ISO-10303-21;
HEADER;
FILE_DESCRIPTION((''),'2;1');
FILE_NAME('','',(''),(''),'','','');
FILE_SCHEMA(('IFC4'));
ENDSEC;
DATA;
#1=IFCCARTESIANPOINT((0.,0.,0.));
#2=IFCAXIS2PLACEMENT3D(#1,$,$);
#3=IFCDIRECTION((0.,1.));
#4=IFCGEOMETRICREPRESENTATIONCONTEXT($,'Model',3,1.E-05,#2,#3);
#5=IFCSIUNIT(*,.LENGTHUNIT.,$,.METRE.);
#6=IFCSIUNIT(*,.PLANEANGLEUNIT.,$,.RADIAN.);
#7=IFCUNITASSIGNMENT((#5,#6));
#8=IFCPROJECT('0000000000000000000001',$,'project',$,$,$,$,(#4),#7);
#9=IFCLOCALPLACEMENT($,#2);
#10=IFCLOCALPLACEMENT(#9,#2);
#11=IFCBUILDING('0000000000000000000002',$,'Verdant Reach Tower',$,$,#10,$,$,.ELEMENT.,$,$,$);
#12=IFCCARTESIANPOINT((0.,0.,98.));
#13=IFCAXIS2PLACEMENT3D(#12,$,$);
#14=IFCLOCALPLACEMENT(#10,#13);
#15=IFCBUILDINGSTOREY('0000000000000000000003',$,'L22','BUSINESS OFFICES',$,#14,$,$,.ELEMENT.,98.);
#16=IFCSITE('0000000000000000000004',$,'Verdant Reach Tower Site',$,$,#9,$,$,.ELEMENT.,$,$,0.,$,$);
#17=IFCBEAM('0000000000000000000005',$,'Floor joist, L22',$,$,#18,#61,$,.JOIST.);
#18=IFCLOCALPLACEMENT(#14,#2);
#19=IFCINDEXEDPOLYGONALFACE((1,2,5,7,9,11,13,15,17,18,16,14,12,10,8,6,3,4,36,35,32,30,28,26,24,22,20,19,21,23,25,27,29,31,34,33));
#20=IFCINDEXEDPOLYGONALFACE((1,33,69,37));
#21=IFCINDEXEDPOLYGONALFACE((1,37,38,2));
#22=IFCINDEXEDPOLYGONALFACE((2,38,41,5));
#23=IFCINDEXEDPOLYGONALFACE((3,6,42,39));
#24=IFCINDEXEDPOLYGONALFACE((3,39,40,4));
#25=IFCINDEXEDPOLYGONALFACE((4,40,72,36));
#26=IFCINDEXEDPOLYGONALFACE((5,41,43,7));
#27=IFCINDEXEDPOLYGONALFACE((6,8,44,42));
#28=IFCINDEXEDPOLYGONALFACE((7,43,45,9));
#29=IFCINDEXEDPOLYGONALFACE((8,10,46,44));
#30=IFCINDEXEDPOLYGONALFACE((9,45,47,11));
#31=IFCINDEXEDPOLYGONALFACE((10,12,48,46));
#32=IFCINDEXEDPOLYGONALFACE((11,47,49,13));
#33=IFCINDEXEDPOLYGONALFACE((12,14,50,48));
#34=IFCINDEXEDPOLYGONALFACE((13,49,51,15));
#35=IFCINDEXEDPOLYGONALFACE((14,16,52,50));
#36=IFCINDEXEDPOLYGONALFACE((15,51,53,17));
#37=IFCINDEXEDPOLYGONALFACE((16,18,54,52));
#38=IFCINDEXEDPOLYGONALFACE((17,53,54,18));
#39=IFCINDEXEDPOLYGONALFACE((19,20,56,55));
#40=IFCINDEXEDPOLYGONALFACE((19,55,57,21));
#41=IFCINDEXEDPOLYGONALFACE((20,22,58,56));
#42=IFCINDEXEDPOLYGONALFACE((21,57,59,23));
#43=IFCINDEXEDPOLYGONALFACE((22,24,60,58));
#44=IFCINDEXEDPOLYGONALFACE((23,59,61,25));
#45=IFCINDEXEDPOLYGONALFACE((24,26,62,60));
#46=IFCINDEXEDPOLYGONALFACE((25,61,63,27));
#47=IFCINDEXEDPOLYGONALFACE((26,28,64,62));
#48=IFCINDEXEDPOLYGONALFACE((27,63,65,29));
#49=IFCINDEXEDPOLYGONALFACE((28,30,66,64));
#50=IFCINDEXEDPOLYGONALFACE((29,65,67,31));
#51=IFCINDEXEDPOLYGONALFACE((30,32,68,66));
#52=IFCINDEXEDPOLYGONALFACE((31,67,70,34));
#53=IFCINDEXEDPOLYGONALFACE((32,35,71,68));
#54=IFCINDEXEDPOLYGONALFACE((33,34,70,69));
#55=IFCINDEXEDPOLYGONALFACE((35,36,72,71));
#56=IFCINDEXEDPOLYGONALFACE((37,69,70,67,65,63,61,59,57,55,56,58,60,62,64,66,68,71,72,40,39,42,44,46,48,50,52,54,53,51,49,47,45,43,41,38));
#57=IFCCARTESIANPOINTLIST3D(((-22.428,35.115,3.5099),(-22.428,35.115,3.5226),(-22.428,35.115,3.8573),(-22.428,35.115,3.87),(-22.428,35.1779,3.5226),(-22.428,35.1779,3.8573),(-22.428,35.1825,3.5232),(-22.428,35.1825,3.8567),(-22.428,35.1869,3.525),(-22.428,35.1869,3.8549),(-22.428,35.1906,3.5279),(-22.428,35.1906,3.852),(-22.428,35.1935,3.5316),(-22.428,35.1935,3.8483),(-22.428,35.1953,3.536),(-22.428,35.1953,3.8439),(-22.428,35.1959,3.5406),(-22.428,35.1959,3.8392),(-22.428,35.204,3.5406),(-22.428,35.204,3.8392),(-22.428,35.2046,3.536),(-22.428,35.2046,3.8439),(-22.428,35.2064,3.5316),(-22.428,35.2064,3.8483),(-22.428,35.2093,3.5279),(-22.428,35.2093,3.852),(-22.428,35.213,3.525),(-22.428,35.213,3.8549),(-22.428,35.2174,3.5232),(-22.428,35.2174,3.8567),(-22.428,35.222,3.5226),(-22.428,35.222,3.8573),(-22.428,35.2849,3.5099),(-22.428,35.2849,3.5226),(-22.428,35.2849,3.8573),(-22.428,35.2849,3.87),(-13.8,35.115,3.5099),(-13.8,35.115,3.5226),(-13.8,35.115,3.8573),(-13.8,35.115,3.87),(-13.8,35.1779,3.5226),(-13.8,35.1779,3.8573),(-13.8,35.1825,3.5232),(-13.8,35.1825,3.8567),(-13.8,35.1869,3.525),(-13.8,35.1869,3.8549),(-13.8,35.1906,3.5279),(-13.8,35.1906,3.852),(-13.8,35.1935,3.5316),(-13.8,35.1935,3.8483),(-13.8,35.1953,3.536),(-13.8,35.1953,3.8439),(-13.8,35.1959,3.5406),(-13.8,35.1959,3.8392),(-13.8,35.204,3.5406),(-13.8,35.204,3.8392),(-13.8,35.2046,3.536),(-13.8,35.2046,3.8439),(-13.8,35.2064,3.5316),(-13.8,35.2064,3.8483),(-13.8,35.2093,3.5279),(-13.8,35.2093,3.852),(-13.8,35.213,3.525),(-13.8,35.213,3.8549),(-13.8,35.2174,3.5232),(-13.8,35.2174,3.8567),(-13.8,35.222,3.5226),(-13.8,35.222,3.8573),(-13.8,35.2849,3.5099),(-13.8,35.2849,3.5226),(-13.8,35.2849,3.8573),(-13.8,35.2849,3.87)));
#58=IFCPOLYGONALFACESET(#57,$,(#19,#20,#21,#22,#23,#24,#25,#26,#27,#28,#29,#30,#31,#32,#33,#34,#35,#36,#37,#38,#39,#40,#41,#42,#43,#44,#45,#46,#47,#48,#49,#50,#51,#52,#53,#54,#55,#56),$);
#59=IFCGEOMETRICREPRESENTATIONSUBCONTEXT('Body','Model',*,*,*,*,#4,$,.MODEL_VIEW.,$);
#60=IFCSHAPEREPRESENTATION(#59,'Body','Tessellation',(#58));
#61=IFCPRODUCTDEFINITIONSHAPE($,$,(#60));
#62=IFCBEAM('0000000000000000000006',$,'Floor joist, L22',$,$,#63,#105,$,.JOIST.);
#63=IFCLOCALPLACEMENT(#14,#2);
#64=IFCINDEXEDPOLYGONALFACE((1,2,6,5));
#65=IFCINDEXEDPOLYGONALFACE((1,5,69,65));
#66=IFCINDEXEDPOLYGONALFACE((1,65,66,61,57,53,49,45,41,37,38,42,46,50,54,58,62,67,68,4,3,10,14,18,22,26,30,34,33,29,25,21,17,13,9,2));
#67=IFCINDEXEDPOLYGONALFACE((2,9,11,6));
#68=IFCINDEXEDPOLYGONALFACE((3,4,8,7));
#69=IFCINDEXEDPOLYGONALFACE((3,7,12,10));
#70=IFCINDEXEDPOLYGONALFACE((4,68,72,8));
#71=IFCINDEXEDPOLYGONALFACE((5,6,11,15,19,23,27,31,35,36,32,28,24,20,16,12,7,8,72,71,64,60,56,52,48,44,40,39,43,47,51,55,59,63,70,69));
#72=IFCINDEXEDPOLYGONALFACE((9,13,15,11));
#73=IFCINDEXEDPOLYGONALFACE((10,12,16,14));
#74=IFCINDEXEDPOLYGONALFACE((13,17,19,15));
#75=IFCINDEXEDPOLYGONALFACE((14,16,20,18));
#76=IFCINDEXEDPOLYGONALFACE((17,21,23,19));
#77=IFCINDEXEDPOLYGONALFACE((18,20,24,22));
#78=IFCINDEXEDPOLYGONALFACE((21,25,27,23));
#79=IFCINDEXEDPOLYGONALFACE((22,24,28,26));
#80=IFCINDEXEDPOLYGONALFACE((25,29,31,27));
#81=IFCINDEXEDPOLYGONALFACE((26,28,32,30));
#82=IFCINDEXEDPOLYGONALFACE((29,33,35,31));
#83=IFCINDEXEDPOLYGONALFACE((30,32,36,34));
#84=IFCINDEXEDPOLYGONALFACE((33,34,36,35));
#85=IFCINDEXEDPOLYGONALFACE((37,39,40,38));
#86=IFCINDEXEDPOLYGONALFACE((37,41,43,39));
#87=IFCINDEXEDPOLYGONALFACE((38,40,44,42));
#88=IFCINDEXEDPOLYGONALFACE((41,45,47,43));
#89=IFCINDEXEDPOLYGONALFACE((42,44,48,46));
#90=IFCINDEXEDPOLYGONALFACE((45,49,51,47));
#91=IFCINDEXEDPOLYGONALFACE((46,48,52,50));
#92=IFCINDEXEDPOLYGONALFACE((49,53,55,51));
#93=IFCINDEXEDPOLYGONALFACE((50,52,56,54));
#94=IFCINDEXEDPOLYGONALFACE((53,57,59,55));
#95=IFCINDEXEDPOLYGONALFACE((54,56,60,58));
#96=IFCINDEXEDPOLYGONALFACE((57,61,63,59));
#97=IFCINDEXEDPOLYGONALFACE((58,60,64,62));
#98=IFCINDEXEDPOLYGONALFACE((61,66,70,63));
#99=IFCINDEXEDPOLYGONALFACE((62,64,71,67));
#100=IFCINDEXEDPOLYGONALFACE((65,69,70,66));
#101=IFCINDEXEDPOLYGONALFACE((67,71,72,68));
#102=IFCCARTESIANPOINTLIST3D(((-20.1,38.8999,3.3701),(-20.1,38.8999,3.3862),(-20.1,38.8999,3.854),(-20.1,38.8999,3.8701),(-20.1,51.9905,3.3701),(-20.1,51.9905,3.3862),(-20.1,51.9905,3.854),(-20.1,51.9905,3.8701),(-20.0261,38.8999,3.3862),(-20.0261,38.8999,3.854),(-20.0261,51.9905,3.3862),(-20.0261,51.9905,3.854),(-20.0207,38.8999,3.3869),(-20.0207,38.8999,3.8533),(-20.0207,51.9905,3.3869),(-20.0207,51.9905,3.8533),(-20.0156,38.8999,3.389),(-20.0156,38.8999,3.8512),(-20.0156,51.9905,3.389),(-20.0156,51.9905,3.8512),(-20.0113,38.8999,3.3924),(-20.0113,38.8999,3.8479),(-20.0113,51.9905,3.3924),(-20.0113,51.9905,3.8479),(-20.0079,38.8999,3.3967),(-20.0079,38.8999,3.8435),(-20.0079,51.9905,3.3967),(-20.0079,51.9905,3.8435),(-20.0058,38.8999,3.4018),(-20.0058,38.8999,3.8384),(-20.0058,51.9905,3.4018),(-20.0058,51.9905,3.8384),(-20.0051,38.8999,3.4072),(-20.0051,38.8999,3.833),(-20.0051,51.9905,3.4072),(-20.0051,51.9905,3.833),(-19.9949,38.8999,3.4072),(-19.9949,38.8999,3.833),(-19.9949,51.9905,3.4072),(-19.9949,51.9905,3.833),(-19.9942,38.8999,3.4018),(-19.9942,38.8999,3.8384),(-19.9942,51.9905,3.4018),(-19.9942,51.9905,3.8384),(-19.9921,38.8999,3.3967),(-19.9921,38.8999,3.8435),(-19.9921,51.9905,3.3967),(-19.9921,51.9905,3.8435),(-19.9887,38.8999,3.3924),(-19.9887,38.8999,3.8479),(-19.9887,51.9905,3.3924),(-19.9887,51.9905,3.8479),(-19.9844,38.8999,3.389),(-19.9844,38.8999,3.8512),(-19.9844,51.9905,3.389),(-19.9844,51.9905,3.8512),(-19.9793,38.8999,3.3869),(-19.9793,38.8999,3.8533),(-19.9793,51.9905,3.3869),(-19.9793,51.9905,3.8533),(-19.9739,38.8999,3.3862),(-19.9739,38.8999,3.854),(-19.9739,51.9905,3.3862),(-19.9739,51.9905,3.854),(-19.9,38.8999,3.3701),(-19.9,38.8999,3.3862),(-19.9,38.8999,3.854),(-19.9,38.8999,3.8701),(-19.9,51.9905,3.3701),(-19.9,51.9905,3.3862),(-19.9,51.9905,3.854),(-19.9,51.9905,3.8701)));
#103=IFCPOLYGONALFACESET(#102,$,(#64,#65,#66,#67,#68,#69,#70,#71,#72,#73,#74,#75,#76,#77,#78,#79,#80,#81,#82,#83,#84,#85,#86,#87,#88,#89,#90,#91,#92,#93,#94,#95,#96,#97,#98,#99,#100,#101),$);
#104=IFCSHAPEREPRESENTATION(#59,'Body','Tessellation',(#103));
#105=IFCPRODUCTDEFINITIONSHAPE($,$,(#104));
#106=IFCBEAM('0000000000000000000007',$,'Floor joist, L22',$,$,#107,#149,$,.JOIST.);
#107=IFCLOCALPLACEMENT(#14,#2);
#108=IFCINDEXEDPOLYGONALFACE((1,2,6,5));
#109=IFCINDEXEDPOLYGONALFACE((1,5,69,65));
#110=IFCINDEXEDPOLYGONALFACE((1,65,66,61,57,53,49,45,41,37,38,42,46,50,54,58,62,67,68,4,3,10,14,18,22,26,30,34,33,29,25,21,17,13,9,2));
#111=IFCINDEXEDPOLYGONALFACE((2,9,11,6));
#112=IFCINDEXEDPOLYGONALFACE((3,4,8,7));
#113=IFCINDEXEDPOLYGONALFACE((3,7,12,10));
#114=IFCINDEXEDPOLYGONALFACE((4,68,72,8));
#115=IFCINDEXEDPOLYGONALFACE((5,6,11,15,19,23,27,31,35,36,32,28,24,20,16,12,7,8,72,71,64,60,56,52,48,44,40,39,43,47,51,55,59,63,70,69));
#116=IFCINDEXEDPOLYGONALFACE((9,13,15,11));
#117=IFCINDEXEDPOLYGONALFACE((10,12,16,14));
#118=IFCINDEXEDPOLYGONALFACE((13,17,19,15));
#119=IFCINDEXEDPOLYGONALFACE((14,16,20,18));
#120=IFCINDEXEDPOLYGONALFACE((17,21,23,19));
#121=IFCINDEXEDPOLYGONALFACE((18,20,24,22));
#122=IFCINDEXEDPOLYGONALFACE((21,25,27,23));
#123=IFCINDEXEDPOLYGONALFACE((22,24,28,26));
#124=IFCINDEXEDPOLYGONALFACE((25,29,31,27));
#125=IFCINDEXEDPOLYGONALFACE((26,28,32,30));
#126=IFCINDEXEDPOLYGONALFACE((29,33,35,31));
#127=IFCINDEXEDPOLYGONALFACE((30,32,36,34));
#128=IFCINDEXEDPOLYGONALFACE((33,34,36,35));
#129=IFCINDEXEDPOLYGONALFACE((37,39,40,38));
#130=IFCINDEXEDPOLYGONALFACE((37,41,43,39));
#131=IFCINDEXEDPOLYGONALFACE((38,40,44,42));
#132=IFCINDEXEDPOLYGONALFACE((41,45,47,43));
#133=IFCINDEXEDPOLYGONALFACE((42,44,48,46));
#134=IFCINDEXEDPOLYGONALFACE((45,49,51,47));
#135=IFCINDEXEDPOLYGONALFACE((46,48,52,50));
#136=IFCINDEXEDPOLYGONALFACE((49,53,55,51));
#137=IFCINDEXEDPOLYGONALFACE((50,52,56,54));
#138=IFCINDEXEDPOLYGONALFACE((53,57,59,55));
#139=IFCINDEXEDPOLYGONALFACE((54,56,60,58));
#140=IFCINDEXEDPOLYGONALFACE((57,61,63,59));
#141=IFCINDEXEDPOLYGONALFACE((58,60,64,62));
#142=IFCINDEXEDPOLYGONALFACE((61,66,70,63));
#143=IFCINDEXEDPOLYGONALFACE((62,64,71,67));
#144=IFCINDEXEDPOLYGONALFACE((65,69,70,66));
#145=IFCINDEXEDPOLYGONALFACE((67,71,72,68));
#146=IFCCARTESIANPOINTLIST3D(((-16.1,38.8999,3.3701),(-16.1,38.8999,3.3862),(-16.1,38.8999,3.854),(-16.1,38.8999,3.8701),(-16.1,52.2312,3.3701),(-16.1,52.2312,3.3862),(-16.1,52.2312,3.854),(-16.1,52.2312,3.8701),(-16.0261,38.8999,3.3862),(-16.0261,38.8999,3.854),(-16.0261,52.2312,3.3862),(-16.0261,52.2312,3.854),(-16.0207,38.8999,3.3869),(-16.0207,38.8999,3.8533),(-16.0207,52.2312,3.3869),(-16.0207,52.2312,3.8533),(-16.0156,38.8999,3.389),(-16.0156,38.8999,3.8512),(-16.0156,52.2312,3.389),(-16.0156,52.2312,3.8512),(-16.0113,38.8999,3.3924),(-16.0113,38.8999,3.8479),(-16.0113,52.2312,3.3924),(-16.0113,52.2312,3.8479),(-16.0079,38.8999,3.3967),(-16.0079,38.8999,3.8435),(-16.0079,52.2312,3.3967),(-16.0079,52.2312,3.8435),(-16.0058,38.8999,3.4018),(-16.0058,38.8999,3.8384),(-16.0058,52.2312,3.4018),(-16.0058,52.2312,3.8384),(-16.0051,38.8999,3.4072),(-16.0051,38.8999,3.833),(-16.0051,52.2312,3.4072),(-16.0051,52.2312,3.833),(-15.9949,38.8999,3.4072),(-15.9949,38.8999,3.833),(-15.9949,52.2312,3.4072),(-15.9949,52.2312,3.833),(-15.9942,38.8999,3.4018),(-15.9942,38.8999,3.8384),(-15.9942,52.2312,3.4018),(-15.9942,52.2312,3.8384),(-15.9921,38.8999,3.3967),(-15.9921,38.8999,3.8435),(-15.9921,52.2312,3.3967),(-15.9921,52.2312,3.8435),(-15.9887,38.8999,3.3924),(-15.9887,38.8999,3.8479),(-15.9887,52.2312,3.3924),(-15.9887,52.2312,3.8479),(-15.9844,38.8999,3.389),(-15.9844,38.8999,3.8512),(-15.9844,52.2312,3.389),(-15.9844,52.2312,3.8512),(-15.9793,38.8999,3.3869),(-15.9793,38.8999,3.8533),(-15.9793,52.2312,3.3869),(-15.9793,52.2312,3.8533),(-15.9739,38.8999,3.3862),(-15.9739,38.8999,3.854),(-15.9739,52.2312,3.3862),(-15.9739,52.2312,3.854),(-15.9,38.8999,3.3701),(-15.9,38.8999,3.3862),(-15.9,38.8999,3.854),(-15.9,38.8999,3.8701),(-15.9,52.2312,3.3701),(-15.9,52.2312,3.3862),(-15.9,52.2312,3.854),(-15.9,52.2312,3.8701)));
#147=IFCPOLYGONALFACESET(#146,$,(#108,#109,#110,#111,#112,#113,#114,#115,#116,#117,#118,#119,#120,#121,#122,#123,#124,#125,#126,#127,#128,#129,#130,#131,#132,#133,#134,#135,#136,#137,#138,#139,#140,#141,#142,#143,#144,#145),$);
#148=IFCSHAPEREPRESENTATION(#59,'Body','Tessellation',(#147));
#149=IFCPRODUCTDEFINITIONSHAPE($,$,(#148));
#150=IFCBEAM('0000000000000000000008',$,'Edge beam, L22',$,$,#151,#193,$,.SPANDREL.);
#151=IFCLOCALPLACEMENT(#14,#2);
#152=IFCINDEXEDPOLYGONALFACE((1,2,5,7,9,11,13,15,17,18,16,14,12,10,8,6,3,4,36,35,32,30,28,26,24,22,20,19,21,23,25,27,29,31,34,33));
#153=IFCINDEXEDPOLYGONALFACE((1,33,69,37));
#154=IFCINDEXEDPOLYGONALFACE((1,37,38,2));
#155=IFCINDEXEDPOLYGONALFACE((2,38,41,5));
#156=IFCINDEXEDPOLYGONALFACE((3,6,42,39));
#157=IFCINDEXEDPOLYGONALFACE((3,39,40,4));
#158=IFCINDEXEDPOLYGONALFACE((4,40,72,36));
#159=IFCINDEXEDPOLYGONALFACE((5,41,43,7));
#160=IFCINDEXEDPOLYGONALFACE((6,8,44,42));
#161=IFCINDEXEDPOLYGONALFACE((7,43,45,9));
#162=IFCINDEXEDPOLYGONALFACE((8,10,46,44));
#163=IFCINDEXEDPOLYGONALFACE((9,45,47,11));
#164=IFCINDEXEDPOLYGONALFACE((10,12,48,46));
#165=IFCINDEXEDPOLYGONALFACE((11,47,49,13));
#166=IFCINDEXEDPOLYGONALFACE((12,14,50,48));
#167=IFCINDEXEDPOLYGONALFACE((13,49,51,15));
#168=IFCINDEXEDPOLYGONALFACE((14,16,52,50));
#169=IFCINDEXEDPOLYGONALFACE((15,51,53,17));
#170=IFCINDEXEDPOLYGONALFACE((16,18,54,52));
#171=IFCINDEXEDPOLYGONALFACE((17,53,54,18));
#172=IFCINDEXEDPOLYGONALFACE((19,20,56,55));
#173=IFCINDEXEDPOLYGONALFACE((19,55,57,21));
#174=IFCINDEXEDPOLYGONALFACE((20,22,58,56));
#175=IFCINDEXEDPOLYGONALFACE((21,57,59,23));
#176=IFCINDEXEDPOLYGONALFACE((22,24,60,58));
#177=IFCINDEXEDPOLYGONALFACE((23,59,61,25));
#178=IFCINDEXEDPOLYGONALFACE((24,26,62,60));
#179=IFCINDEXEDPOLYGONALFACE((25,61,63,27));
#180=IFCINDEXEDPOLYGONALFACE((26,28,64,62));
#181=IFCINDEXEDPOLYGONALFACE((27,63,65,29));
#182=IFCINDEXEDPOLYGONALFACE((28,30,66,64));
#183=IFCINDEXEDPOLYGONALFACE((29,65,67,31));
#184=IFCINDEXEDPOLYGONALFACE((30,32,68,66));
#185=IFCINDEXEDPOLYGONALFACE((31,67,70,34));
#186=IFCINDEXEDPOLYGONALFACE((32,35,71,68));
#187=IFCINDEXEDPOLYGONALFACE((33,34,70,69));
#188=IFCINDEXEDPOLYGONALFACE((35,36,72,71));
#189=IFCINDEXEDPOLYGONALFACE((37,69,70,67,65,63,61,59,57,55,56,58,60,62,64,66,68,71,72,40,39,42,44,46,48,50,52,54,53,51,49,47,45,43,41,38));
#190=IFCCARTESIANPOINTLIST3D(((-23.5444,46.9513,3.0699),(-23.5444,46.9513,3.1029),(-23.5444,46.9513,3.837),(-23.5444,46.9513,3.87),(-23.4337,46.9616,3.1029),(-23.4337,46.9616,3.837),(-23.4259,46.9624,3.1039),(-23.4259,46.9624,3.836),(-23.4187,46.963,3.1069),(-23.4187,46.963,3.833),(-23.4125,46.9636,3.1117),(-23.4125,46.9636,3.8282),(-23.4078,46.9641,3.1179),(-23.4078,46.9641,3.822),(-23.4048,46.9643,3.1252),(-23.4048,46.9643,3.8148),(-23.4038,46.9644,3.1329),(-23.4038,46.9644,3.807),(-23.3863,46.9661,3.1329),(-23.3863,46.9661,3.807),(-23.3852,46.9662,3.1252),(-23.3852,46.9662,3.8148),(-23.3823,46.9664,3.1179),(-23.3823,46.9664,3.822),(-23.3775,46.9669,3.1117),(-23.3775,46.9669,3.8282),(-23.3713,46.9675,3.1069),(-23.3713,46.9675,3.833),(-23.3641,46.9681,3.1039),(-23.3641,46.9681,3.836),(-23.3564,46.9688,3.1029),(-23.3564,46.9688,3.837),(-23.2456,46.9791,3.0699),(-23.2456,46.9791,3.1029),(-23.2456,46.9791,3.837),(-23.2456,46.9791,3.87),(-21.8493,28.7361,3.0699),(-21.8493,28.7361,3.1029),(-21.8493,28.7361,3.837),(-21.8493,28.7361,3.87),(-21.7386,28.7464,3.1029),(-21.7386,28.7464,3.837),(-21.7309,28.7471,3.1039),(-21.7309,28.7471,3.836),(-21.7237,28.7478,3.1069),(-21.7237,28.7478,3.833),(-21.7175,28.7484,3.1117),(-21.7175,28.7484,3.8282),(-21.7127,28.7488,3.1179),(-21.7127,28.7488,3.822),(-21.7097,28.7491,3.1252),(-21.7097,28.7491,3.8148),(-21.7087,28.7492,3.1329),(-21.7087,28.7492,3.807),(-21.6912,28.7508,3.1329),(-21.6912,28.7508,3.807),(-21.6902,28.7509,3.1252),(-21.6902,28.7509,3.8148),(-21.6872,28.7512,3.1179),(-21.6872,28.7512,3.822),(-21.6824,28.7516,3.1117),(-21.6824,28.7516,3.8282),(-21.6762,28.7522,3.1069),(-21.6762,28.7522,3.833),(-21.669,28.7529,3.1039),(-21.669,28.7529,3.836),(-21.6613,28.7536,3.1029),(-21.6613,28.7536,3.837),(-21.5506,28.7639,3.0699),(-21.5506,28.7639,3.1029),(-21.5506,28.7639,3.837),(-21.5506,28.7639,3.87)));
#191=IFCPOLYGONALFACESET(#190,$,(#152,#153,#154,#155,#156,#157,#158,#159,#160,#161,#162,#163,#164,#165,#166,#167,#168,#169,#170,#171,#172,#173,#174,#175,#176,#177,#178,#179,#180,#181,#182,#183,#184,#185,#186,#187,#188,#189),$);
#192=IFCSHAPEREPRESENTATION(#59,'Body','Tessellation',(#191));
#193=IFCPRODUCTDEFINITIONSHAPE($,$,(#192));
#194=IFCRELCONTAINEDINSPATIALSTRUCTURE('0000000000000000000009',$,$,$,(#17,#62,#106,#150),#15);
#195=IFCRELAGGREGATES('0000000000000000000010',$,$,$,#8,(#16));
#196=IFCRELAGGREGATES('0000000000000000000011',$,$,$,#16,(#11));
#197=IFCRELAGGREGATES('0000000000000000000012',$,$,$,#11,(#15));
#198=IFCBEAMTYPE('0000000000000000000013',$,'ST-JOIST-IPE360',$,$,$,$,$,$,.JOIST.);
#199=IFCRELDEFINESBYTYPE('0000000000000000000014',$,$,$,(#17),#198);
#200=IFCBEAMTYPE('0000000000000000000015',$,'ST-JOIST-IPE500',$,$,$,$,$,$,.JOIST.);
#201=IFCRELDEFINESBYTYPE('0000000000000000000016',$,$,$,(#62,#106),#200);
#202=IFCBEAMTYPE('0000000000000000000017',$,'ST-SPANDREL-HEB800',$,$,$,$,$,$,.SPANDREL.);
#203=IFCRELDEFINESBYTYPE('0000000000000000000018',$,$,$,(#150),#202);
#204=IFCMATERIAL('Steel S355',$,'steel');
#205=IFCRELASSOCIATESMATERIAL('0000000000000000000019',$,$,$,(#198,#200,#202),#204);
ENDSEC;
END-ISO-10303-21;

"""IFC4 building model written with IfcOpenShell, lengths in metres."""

from ifc_helpers import new_model, si_unit, direction, frame, origin, origin_2d, place, context, subcontext, project, spatial, i_section, extrude, material, material_profile, profile_set, type_object, element, save


model = new_model("IFC4")

# Units and contexts
model_context = context("Model", 3, precision=1e-05, world=origin(), true_north=direction((0.0, 1.0)))
body_context = subcontext(model_context, "Body", "Model", "MODEL_VIEW")
ifc_project = project(units=[si_unit("LENGTHUNIT", "METRE"), si_unit("PLANEANGLEUNIT", "RADIAN")], contexts=[model_context])

# Site, building, storey
site_placement = place(None, origin())
site = spatial("IfcSite", under=ifc_project, at=site_placement, Name="Verdant Reach Tower Site", CompositionType="ELEMENT", RefElevation=0.0)
building_placement = place(site_placement, origin())
building = spatial("IfcBuilding", under=site, at=building_placement, Name="Verdant Reach Tower", CompositionType="ELEMENT")
storey_placement = place(building_placement, frame((0.0, 0.0, 98.0)))
storey = spatial("IfcBuildingStorey", under=building, at=storey_placement, Name="L22", Description="BUSINESS OFFICES", CompositionType="ELEMENT", Elevation=98.0)

# Beams
ifc_material_1 = material(Name="Steel S355", Category="steel")
ifc_material_profile_1 = material_profile(ifc_material_1, i_section(OverallWidth=0.1699, OverallDepth=0.3601, WebThickness=0.0081, FlangeThickness=0.0127, FilletRadius=0.0181, at=origin_2d()), Name="IPE 360")
ifc_profile_set_1 = profile_set([ifc_material_profile_1], Name="Steel S355")
beam_type_1 = type_object("IfcBeamType", Name="ST-JOIST-IPE360", PredefinedType="JOIST", material=ifc_profile_set_1)
beam_1_placement = place(storey_placement, frame((-13.8, 35.2, 3.6899), z_axis=(-1.0, 0.0, 0.0), x_axis=(0.0, -1.0, 0.0)))
element("IfcBeam", 1, at=beam_1_placement, inside=storey, type_object=beam_type_1, Name="Floor joist, L22", PredefinedType="JOIST", context=body_context, shape_type="SweptSolid", body=[
    extrude(i_section(OverallWidth=0.1699, OverallDepth=0.3601, WebThickness=0.0081, FlangeThickness=0.0127, FilletRadius=0.0181, at=origin_2d()), origin(), (0.0, 0.0, 1.0), 8.6279),
])
ifc_material_profile_2 = material_profile(ifc_material_1, i_section(OverallWidth=0.2, OverallDepth=0.5, WebThickness=0.0103, FlangeThickness=0.0161, FilletRadius=0.021, at=origin_2d()), Name="IPE 500")
ifc_profile_set_2 = profile_set([ifc_material_profile_2], Name="Steel S355")
beam_type_2 = type_object("IfcBeamType", Name="ST-JOIST-IPE500", PredefinedType="JOIST", material=ifc_profile_set_2)
beam_2_placement = place(storey_placement, frame((-20.0, 38.8999, 3.6201), z_axis=(0.0, 1.0, 0.0), x_axis=(-1.0, 0.0, 0.0)))
element("IfcBeam", 2, at=beam_2_placement, inside=storey, type_object=beam_type_2, Name="Floor joist, L22", PredefinedType="JOIST", context=body_context, shape_type="SweptSolid", body=[
    extrude(i_section(OverallWidth=0.2, OverallDepth=0.5, WebThickness=0.0103, FlangeThickness=0.0161, FilletRadius=0.021, at=origin_2d()), origin(), (0.0, 0.0, 1.0), 13.0906),
])
beam_3_placement = place(storey_placement, frame((-16.0, 38.8999, 3.6201), z_axis=(0.0, 1.0, 0.0), x_axis=(-1.0, 0.0, 0.0)))
element("IfcBeam", 3, at=beam_3_placement, inside=storey, type_object=beam_type_2, Name="Floor joist, L22", PredefinedType="JOIST", context=body_context, shape_type="SweptSolid", body=[
    extrude(i_section(OverallWidth=0.2, OverallDepth=0.5, WebThickness=0.0103, FlangeThickness=0.0161, FilletRadius=0.021, at=origin_2d()), origin(), (0.0, 0.0, 1.0), 13.3313),
])
ifc_material_profile_3 = material_profile(ifc_material_1, i_section(OverallWidth=0.3, OverallDepth=0.8, WebThickness=0.0176, FlangeThickness=0.033, FilletRadius=0.03, at=origin_2d()), Name="HEB 800")
ifc_profile_set_3 = profile_set([ifc_material_profile_3], Name="Steel S355")
beam_type_3 = type_object("IfcBeamType", Name="ST-SPANDREL-HEB800", PredefinedType="SPANDREL", material=ifc_profile_set_3)
beam_4_placement = place(storey_placement, frame((-21.7, 28.75, 3.47), z_axis=(-0.092657, 0.995698, 0.0), x_axis=(-0.995698, -0.092657, 0.0)))
element("IfcBeam", 4, at=beam_4_placement, inside=storey, type_object=beam_type_3, Name="Edge beam, L22", PredefinedType="SPANDREL", context=body_context, shape_type="SweptSolid", body=[
    extrude(i_section(OverallWidth=0.3, OverallDepth=0.8, WebThickness=0.0176, FlangeThickness=0.033, FilletRadius=0.03, at=origin_2d()), origin(), (0.0, 0.0, 1.0), 18.2939),
])

save(model, "model.ifc")
